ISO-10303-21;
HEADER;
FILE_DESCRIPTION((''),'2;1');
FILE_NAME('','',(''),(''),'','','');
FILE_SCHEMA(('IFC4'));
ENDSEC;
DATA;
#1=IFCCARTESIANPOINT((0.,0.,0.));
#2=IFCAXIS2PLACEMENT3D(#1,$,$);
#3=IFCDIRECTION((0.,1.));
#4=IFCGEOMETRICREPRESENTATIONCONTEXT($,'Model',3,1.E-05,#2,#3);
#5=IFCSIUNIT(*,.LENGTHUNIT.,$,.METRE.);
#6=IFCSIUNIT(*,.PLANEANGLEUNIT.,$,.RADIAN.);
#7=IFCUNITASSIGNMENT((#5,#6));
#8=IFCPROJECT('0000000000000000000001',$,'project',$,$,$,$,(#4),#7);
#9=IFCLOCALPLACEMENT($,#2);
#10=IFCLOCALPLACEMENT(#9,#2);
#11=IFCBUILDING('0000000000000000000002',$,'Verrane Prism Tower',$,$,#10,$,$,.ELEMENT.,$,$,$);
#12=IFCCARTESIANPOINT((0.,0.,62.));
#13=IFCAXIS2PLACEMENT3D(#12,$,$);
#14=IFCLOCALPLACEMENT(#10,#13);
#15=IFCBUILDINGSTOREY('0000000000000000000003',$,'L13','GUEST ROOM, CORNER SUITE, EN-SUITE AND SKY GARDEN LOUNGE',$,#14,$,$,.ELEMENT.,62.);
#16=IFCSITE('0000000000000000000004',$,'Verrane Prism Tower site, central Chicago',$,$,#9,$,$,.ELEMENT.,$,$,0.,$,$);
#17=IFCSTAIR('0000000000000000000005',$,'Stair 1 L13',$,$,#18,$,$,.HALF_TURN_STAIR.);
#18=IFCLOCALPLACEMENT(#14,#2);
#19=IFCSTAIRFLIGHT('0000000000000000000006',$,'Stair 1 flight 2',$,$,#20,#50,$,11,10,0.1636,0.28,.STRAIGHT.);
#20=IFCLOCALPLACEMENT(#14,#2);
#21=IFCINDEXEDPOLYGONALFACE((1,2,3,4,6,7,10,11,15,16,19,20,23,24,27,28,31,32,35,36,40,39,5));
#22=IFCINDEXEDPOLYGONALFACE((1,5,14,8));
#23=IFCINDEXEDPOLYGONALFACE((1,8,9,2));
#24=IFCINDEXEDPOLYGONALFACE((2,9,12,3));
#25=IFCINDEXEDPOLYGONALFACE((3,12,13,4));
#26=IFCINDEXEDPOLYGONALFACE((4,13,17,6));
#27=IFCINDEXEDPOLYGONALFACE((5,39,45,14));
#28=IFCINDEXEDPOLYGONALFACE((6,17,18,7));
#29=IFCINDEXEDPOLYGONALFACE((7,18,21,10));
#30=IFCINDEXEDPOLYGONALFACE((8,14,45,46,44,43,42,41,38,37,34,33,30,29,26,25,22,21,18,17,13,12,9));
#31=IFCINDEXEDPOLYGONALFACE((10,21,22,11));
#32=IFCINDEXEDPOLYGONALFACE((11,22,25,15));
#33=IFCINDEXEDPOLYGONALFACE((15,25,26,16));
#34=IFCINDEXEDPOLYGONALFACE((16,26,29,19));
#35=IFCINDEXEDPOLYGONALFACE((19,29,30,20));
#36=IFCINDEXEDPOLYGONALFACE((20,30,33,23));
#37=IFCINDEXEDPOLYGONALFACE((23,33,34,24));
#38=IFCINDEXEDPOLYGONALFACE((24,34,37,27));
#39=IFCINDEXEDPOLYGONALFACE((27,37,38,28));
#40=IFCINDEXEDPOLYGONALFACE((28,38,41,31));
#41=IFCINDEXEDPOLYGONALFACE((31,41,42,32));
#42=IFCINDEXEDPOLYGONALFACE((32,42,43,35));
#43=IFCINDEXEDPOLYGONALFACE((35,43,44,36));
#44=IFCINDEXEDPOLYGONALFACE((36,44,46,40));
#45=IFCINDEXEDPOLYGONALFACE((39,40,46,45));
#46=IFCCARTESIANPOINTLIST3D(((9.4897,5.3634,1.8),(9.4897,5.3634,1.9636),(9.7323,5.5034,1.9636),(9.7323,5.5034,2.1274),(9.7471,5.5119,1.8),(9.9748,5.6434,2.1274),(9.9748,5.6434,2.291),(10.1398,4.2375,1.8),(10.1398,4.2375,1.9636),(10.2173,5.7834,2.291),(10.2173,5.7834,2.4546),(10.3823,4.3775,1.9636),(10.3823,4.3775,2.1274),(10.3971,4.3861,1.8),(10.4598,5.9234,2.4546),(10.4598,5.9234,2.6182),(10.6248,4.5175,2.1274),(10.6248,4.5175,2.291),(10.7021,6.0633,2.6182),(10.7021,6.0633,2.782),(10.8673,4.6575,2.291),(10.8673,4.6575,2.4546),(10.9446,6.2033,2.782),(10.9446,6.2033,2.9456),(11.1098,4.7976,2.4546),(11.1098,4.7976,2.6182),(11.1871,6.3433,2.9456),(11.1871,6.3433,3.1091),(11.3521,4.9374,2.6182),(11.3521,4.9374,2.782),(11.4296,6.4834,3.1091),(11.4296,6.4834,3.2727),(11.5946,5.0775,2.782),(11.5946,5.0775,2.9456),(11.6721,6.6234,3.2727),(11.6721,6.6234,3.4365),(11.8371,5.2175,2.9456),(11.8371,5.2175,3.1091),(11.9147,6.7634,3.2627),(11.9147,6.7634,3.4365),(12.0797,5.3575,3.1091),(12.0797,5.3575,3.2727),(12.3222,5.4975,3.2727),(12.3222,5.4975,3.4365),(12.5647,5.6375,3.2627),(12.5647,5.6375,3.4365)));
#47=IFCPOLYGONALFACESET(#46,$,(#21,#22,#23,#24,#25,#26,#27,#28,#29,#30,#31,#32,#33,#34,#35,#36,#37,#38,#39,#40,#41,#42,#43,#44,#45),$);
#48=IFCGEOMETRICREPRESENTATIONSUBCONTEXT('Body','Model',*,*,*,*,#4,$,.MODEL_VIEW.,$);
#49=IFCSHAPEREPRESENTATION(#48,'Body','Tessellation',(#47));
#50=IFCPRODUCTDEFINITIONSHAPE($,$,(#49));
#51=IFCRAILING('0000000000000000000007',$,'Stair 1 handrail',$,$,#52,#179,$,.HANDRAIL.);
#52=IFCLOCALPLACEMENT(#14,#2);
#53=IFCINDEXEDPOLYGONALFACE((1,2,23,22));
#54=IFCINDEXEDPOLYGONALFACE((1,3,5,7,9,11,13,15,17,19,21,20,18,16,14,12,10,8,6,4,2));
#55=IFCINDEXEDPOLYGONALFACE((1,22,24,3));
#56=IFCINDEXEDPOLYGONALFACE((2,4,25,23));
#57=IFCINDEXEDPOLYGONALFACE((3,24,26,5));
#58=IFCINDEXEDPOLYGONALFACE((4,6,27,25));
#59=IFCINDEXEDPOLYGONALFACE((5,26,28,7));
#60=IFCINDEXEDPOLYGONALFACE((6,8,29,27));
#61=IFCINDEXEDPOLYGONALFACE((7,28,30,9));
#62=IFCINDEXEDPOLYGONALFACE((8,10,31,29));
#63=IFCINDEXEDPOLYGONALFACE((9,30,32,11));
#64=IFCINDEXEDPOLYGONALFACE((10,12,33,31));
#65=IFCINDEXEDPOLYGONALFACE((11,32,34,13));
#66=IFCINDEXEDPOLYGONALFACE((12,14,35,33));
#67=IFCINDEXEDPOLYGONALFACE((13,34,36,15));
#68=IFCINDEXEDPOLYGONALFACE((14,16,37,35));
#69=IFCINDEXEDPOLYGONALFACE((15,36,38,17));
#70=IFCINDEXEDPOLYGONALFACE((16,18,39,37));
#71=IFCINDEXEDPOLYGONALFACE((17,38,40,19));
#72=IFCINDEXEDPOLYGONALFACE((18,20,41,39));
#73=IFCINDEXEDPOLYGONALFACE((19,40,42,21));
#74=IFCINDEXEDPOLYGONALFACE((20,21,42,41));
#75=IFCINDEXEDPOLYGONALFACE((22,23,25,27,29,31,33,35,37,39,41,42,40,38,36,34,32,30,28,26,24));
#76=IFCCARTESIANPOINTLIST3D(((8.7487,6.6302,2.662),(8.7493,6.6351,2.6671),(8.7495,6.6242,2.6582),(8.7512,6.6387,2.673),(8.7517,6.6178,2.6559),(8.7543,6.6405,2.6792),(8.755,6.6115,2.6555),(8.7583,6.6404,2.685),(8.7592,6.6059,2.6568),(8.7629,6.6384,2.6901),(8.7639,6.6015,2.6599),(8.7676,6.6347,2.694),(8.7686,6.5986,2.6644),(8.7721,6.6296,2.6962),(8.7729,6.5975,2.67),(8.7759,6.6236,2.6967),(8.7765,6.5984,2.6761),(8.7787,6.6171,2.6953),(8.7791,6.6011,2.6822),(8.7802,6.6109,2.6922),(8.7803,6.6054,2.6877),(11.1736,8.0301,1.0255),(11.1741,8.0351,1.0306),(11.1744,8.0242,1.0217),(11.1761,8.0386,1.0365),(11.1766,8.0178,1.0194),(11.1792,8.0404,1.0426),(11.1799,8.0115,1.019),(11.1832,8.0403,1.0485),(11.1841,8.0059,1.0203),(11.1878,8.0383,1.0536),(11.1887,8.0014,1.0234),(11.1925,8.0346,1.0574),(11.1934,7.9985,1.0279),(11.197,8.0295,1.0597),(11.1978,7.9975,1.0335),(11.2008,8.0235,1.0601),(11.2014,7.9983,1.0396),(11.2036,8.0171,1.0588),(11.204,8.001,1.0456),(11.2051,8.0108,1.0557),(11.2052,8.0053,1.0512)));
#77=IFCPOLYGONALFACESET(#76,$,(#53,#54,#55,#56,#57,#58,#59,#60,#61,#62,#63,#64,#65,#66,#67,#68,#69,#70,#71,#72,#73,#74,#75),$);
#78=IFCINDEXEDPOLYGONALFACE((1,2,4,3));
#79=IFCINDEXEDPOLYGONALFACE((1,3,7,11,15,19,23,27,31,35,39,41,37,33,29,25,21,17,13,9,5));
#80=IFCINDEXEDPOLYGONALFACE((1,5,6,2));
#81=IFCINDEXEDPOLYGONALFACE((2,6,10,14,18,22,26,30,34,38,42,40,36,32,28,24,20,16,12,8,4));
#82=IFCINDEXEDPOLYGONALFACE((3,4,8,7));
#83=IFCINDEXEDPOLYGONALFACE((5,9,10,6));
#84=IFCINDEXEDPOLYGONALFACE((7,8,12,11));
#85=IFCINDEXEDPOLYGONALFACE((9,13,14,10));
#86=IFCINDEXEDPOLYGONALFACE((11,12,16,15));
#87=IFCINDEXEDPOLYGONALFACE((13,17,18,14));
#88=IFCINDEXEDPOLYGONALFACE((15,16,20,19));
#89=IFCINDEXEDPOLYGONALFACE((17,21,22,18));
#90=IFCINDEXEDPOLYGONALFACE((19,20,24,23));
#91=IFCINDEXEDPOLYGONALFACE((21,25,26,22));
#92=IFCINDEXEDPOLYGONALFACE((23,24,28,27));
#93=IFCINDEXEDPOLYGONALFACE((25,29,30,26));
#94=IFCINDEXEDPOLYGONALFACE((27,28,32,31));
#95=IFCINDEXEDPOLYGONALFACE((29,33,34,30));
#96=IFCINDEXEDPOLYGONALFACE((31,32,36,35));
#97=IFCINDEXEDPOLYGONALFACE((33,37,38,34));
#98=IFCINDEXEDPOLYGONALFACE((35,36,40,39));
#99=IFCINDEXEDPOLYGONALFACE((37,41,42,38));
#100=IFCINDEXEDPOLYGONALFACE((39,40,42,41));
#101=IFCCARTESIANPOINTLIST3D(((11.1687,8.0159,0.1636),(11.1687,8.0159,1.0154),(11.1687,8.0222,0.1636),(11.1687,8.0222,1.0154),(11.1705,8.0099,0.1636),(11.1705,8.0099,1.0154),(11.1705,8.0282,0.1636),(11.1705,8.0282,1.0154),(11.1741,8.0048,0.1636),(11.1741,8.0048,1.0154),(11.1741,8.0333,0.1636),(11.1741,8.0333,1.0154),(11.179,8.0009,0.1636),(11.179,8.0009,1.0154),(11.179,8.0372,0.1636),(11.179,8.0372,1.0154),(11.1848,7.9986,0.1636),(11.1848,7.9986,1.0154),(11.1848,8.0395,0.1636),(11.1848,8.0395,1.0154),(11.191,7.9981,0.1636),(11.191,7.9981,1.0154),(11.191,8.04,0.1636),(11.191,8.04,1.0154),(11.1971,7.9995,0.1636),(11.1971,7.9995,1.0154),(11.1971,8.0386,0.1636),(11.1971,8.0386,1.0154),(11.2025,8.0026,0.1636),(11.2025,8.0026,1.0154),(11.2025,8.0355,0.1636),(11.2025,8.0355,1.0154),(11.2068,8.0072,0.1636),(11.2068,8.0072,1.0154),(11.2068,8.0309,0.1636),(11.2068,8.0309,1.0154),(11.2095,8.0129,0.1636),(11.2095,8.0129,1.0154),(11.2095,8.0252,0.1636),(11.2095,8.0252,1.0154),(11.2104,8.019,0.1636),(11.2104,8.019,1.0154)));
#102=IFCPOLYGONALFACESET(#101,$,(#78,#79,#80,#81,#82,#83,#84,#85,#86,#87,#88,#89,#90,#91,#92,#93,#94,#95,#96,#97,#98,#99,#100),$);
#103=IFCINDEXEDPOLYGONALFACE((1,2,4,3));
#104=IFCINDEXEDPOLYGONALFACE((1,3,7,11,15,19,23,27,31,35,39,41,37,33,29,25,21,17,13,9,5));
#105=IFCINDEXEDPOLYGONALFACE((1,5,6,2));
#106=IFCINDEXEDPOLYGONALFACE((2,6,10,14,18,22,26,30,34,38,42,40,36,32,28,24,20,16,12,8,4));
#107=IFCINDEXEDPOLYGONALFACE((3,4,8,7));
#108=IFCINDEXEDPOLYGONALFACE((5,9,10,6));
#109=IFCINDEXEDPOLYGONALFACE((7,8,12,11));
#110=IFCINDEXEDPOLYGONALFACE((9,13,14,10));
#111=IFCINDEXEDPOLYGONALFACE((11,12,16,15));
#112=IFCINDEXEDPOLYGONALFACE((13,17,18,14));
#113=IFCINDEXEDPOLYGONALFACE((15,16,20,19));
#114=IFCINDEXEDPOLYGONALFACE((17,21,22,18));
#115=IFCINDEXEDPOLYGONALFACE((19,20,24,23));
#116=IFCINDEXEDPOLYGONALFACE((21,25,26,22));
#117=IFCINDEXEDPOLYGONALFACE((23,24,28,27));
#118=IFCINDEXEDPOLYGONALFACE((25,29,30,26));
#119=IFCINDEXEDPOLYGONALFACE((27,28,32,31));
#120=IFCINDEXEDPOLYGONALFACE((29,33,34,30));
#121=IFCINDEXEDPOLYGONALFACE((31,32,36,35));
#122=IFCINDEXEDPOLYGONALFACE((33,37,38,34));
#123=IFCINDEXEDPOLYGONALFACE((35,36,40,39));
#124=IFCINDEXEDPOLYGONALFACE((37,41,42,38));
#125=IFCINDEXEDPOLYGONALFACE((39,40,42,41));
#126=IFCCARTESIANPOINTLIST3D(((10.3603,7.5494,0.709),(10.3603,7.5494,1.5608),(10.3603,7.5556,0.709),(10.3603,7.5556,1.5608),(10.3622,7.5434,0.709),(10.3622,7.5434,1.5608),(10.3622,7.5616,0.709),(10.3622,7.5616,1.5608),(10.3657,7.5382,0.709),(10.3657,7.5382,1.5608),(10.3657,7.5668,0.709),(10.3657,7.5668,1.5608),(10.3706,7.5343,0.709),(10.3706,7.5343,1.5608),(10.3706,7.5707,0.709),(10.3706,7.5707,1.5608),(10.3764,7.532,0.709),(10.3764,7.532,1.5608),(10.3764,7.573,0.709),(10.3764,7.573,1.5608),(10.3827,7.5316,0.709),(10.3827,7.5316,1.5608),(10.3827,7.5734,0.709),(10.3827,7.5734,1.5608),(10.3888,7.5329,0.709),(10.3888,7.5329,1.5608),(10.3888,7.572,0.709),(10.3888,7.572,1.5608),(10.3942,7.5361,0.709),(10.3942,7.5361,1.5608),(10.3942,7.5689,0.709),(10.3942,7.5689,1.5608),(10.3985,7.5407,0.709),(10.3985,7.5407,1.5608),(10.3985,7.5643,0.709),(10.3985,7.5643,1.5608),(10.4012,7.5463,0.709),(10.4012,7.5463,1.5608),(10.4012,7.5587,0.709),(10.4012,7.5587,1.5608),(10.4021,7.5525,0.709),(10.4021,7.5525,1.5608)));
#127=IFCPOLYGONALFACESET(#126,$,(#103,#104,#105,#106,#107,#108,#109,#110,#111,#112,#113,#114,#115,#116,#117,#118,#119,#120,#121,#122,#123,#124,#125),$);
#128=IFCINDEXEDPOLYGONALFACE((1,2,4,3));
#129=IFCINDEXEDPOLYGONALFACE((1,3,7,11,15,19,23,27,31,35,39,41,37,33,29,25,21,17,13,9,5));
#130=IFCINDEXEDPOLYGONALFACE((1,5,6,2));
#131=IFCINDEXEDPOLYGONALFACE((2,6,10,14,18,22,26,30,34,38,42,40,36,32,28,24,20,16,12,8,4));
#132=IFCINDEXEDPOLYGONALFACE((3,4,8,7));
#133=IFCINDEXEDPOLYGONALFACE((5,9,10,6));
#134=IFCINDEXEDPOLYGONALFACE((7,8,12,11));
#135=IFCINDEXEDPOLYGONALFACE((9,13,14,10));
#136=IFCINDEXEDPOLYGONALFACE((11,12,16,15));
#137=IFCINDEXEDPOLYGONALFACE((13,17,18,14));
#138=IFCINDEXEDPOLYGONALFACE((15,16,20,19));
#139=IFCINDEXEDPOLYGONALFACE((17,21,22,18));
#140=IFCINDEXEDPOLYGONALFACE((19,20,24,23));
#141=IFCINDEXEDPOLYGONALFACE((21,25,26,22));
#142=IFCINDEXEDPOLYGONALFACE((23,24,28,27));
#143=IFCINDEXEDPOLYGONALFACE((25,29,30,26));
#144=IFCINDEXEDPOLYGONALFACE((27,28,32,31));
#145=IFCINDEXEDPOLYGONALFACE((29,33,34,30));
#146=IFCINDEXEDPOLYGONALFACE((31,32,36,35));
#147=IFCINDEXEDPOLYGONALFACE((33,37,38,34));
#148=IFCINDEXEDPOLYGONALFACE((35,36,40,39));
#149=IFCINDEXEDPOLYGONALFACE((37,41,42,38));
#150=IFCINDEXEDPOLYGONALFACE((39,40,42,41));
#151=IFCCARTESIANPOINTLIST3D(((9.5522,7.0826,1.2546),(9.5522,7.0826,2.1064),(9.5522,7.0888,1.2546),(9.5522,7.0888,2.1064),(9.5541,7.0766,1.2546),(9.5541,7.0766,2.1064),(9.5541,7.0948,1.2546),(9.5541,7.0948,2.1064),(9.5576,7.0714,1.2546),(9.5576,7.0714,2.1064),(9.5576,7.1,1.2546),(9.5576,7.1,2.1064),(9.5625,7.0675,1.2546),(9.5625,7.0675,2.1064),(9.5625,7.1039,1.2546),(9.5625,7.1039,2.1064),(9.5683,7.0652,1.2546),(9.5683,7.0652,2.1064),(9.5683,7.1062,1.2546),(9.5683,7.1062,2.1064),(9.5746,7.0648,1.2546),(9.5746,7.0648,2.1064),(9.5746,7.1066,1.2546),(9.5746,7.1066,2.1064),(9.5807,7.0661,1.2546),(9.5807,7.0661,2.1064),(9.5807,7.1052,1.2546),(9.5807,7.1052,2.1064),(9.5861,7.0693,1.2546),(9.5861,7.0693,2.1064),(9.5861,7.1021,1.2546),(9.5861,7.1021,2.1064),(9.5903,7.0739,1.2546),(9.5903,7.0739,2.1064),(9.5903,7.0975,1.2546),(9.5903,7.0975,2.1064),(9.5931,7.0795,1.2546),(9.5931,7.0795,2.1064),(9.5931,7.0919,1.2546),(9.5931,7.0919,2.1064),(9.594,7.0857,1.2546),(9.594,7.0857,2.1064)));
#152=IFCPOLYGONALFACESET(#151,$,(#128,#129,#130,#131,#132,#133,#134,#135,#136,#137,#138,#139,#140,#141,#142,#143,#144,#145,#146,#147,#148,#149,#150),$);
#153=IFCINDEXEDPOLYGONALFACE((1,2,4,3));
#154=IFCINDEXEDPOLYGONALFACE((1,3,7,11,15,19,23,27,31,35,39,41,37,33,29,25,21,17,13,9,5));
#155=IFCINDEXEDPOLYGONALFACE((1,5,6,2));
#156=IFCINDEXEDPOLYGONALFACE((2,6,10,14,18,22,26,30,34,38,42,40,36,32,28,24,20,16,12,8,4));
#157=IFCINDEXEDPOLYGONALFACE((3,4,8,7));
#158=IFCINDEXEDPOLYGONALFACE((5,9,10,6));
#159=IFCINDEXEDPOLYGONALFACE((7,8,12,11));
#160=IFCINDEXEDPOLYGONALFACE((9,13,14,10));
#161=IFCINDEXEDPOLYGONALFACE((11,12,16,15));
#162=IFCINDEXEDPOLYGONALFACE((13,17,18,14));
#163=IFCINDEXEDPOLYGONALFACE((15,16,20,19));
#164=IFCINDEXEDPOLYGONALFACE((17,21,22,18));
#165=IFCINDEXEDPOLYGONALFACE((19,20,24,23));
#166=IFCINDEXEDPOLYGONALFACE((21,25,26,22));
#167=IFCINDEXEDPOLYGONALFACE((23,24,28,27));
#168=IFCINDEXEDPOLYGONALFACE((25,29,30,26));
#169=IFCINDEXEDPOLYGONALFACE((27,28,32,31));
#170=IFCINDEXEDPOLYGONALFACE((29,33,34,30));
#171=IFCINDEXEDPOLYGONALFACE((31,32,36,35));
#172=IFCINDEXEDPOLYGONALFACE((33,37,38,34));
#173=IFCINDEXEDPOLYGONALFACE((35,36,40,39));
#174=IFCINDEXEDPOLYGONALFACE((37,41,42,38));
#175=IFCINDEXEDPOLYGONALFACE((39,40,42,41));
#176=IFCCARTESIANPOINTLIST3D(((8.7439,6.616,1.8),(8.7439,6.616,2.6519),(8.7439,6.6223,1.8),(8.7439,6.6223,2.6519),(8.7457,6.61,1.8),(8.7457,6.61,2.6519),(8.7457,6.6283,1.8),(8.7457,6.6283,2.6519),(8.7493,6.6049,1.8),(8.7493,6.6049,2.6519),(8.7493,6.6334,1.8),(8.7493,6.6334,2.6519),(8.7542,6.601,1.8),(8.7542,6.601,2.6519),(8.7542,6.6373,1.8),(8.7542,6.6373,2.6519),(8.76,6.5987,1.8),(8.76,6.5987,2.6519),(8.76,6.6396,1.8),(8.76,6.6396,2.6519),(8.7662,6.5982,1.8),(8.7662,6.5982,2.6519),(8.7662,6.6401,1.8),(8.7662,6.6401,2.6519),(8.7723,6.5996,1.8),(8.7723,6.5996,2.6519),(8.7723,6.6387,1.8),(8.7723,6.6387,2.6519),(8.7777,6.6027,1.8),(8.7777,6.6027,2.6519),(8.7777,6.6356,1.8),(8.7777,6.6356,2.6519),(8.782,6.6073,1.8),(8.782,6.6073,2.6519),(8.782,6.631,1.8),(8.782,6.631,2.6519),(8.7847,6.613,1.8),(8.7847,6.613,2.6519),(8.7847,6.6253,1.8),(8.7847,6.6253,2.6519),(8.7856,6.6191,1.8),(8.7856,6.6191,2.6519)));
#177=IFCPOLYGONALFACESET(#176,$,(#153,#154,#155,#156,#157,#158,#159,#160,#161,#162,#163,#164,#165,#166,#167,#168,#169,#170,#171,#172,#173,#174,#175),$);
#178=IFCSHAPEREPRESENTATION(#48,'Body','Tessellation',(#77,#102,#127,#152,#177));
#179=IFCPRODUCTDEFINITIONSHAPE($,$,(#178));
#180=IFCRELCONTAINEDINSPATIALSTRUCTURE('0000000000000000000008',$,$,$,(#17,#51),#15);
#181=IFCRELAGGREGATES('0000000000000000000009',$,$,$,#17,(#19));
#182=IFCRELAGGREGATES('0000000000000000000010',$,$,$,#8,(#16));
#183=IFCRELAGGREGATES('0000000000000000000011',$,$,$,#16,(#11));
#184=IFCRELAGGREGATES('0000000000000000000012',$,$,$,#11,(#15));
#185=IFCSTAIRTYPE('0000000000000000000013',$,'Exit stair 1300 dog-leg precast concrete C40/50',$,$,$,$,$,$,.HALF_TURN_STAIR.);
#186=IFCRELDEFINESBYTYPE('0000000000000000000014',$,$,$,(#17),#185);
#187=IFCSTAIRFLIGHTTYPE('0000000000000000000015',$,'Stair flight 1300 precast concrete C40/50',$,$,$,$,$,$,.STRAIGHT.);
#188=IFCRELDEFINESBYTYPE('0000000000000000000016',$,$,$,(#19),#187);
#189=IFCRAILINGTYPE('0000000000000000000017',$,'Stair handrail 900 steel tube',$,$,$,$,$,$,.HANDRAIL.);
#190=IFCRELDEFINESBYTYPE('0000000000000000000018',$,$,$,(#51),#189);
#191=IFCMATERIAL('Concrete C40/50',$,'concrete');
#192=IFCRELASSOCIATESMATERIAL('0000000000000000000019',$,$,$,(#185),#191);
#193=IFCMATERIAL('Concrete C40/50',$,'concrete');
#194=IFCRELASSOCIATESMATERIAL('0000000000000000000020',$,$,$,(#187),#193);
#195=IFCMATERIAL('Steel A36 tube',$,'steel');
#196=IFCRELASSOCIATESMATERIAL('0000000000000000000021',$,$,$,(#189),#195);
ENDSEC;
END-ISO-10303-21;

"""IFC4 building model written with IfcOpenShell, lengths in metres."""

from ifc_helpers import new_model, si_unit, direction, frame, origin, origin_2d, place, context, subcontext, project, spatial, polyline, circle, outline, extrude, material, type_object, element, aggregate, save


model = new_model("IFC4")

# Units and contexts
model_context = context("Model", 3, precision=1e-05, world=origin(), true_north=direction((0.0, 1.0)))
body_context = subcontext(model_context, "Body", "Model", "MODEL_VIEW")
ifc_project = project(units=[si_unit("LENGTHUNIT", "METRE"), si_unit("PLANEANGLEUNIT", "RADIAN")], contexts=[model_context])

# Site, building, storey
site_placement = place(None, origin())
site = spatial("IfcSite", under=ifc_project, at=site_placement, Name="Verrane Prism Tower site, central Chicago", CompositionType="ELEMENT", RefElevation=0.0)
building_placement = place(site_placement, origin())
building = spatial("IfcBuilding", under=site, at=building_placement, Name="Verrane Prism Tower", CompositionType="ELEMENT")
storey_placement = place(building_placement, frame((0.0, 0.0, 62.0)))
storey = spatial("IfcBuildingStorey", under=building, at=storey_placement, Name="L13", Description="GUEST ROOM, CORNER SUITE, EN-SUITE AND SKY GARDEN LOUNGE", CompositionType="ELEMENT", Elevation=62.0)

# Stair, stair flight
ifc_material_1 = material(Name="Concrete C40/50", Category="concrete")
stair_type = type_object("IfcStairType", Name="Exit stair 1300 dog-leg precast concrete C40/50", PredefinedType="HALF_TURN_STAIR", material=ifc_material_1)
stair_placement = place(storey_placement, origin())
stair = element("IfcStair", 1, at=stair_placement, inside=storey, type_object=stair_type, Name="Stair 1 L13", PredefinedType="HALF_TURN_STAIR")
ifc_material_2 = material(Name="Concrete C40/50", Category="concrete")
stair_flight_type = type_object("IfcStairFlightType", Name="Stair flight 1300 precast concrete C40/50", PredefinedType="STRAIGHT", material=ifc_material_2)
stair_flight_1_placement = place(storey_placement, frame((9.8147, 4.8005, 1.8), z_axis=(0.0, 0.0, 1.0), x_axis=(0.866025, 0.5, 0.0)))
stair_flight_1 = element("IfcStairFlight", 2, at=stair_flight_1_placement, type_object=stair_flight_type, Name="Stair 1 flight 2", NumberOfRisers=11, NumberOfTreads=10, PredefinedType="STRAIGHT", RiserHeight=0.1636, TreadLength=0.28, context=body_context, shape_type="SweptSolid", body=[
    extrude(outline(polyline([(0.0, 0.0), (0.0, 0.1636), (0.28, 0.1636), (0.28, 0.3274), (0.5601, 0.3274), (0.5601, 0.491), (0.8401, 0.491), (0.8401, 0.6545), (1.1201, 0.6545), (1.1201, 0.8181), (1.3999, 0.8181), (1.3999, 0.9819), (1.6799, 0.9819), (1.6799, 1.1455), (1.96, 1.1455), (1.96, 1.3091), (2.24, 1.3091), (2.24, 1.4727), (2.52, 1.4727), (2.52, 1.6365), (2.8, 1.6365), (2.8, 1.8), (2.8, 1.4626), (0.2971, 0.0), (0.0, 0.0)])), frame((0.0, 0.6499, 0.0), z_axis=(0.0, -1.0, 0.0), x_axis=(1.0, 0.0, 0.0)), (0.0, 0.0, 1.0), 1.3),
])
aggregate(stair, [stair_flight_1])

# Railing
ifc_material_3 = material(Name="Steel A36 tube", Category="steel")
railing_type_1 = type_object("IfcRailingType", Name="Stair handrail 900 steel tube", PredefinedType="HANDRAIL", material=ifc_material_3)
railing_1_placement = place(storey_placement, frame((11.1895, 8.019, 0.1636)))
element("IfcRailing", 3, at=railing_1_placement, inside=storey, type_object=railing_type_1, Name="Stair 1 handrail", PredefinedType="HANDRAIL", context=body_context, shape_type="SweptSolid", body=[
    extrude(circle(Radius=0.0239, at=origin_2d()), frame((0.0, 0.0, 0.876), z_axis=(-0.74769, -0.431661, 0.504608), x_axis=(0.499984, -0.866035, 0.0)), (0.0, 0.0, 1.0), 3.2432),
    extrude(circle(Radius=0.021, at=origin_2d()), origin(), (0.0, 0.0, 1.0), 0.8518),
    extrude(circle(Radius=0.021, at=origin_2d()), frame((-0.8083, -0.4666, 0.5454)), (0.0, 0.0, 1.0), 0.8518),
    extrude(circle(Radius=0.021, at=origin_2d()), frame((-1.6165, -0.9333, 1.0911)), (0.0, 0.0, 1.0), 0.8518),
    extrude(circle(Radius=0.021, at=origin_2d()), frame((-2.4248, -1.3999, 1.6365)), (0.0, 0.0, 1.0), 0.8518),
])

save(model, "model.ifc")
